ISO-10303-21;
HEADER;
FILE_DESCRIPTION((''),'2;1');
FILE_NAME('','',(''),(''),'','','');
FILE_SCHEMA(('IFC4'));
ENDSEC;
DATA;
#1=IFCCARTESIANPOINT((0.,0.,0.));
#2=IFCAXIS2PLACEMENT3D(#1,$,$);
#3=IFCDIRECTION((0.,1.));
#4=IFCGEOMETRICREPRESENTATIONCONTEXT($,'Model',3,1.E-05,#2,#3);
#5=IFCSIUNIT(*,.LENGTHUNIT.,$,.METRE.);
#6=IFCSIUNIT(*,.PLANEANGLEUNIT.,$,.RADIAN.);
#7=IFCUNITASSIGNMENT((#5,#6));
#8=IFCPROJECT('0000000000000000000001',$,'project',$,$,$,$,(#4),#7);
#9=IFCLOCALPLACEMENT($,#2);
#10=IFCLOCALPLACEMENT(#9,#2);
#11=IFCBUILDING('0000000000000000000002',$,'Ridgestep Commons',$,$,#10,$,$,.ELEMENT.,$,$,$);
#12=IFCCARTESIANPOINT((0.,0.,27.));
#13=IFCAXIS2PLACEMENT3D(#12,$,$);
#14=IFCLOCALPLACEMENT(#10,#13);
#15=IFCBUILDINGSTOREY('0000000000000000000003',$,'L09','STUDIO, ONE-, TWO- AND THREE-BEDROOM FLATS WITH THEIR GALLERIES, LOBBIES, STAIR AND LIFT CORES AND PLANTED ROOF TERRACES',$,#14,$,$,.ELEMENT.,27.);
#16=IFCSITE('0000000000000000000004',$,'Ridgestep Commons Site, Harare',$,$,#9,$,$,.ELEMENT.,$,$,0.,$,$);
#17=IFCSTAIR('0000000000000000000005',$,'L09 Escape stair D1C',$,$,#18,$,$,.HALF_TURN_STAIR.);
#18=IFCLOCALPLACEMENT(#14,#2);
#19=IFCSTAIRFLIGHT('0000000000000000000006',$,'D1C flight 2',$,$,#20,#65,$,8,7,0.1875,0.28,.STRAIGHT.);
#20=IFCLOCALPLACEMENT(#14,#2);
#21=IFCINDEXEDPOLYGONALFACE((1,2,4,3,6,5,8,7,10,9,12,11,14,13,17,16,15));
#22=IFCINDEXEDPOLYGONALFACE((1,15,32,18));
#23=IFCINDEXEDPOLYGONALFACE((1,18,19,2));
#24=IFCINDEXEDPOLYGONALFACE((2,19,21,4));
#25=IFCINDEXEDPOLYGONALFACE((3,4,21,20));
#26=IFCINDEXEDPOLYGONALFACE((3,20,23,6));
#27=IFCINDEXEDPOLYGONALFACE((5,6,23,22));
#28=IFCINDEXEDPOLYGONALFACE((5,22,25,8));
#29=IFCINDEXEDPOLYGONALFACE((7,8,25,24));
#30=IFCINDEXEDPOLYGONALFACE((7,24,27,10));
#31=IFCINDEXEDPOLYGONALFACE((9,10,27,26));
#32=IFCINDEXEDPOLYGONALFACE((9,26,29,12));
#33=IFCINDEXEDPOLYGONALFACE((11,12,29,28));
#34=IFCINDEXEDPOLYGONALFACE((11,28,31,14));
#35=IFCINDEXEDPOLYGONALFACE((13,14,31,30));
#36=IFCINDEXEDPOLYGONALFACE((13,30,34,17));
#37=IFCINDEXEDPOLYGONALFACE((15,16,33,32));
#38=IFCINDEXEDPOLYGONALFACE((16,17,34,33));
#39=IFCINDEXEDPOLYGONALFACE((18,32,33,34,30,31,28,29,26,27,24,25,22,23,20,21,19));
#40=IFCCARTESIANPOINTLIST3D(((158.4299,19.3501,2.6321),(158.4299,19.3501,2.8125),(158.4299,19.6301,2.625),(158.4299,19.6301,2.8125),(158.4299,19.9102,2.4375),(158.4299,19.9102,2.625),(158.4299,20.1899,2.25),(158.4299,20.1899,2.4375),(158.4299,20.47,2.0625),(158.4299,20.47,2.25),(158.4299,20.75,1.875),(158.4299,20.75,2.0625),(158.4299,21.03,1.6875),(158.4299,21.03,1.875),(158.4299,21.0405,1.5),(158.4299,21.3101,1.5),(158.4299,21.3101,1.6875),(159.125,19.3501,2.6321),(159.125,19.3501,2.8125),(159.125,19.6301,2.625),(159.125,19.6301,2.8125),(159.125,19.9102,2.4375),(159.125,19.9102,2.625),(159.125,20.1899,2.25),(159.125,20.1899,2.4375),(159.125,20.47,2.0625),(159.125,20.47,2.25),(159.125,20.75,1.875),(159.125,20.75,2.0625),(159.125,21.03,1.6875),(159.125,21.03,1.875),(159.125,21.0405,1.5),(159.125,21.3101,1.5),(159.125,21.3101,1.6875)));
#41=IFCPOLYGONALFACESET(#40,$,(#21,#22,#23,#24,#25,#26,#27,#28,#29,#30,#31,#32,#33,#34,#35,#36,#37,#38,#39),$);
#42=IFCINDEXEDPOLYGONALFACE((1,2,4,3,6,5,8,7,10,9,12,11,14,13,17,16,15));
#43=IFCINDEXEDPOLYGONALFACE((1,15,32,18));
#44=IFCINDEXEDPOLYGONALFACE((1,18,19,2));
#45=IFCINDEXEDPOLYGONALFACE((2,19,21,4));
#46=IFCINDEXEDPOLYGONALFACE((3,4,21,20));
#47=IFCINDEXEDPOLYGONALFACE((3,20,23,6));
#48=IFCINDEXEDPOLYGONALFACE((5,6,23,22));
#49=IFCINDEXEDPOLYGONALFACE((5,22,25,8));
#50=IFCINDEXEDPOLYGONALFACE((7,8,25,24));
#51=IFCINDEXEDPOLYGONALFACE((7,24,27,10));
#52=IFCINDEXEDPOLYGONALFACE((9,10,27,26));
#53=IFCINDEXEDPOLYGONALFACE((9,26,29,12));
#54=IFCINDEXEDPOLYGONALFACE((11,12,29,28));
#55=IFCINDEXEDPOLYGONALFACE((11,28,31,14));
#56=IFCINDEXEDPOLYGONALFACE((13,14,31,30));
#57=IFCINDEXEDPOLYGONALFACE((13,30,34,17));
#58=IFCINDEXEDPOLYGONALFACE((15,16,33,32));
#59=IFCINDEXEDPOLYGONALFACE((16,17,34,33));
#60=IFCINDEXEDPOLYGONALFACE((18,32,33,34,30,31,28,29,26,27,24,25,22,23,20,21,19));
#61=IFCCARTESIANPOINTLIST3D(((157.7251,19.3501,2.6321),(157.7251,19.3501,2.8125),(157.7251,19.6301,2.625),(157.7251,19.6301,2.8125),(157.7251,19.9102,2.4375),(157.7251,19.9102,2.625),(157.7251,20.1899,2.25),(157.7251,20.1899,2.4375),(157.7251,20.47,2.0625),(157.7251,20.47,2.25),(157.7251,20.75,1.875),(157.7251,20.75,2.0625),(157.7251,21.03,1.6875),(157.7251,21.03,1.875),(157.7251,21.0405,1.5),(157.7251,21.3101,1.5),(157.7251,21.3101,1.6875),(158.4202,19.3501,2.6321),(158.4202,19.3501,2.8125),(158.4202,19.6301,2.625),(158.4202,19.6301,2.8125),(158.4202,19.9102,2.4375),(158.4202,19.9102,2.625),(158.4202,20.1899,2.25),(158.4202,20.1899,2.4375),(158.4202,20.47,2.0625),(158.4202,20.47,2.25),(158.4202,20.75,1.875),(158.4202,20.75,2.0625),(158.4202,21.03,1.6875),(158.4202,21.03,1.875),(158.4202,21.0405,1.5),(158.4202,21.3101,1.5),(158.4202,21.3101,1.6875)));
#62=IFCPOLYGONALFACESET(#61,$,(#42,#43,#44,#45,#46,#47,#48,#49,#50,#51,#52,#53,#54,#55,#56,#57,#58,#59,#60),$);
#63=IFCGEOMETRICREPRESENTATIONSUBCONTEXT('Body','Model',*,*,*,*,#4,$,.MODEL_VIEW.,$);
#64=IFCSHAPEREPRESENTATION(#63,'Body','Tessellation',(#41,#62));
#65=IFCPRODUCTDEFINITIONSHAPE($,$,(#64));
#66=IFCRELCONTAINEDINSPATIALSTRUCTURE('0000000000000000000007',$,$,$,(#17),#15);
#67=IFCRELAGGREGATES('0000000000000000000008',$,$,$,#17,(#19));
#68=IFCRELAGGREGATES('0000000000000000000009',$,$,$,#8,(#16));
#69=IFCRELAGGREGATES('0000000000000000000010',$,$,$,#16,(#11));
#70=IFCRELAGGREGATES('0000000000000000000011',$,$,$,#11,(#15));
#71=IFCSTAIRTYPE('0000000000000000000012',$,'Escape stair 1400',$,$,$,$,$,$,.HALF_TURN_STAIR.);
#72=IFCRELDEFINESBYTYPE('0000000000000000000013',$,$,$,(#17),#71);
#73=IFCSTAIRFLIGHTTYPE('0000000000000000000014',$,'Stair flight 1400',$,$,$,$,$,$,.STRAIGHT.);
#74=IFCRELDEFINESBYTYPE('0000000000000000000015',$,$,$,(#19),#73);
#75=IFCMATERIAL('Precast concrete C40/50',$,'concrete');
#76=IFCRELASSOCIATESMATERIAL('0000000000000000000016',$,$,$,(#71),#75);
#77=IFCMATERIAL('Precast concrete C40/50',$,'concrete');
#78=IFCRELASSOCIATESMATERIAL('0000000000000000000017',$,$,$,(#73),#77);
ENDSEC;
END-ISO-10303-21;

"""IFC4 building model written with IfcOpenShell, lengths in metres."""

from ifc_helpers import new_model, si_unit, direction, frame, origin, place, context, subcontext, project, spatial, polyline, outline, extrude, material, type_object, element, aggregate, save


model = new_model("IFC4")

# Units and contexts
model_context = context("Model", 3, precision=1e-05, world=origin(), true_north=direction((0.0, 1.0)))
body_context = subcontext(model_context, "Body", "Model", "MODEL_VIEW")
ifc_project = project(units=[si_unit("LENGTHUNIT", "METRE"), si_unit("PLANEANGLEUNIT", "RADIAN")], contexts=[model_context])

# Site, building, storey
site_placement = place(None, origin())
site = spatial("IfcSite", under=ifc_project, at=site_placement, Name="Ridgestep Commons Site, Harare", CompositionType="ELEMENT", RefElevation=0.0)
building_placement = place(site_placement, origin())
building = spatial("IfcBuilding", under=site, at=building_placement, Name="Ridgestep Commons", CompositionType="ELEMENT")
storey_placement = place(building_placement, frame((0.0, 0.0, 27.0)))
storey = spatial("IfcBuildingStorey", under=building, at=storey_placement, Name="L09", Description="STUDIO, ONE-, TWO- AND THREE-BEDROOM FLATS WITH THEIR GALLERIES, LOBBIES, STAIR AND LIFT CORES AND PLANTED ROOF TERRACES", CompositionType="ELEMENT", Elevation=27.0)

# Stair, stair flight
ifc_material_1 = material(Name="Precast concrete C40/50", Category="concrete")
stair_type = type_object("IfcStairType", Name="Escape stair 1400", PredefinedType="HALF_TURN_STAIR", material=ifc_material_1)
stair_placement = place(storey_placement, origin())
stair = element("IfcStair", 1, at=stair_placement, inside=storey, type_object=stair_type, Name="L09 Escape stair D1C", PredefinedType="HALF_TURN_STAIR")
ifc_material_2 = material(Name="Precast concrete C40/50", Category="concrete")
stair_flight_type = type_object("IfcStairFlightType", Name="Stair flight 1400", PredefinedType="STRAIGHT", material=ifc_material_2)
stair_flight_1_placement = place(storey_placement, frame((158.425, 21.3101, 1.5), z_axis=(0.0, 0.0, 1.0), x_axis=(0.0, -1.0, 0.0)))
stair_flight_1 = element("IfcStairFlight", 2, at=stair_flight_1_placement, type_object=stair_flight_type, Name="D1C flight 2", NumberOfRisers=8, NumberOfTreads=7, PredefinedType="STRAIGHT", RiserHeight=0.1875, TreadLength=0.28, context=body_context, shape_type="SweptSolid", body=[
    extrude(outline(polyline([(0.0, 0.0), (0.0, 0.1875), (0.28, 0.1875), (0.28, 0.375), (0.5601, 0.375), (0.5601, 0.5625), (0.8401, 0.5625), (0.8401, 0.75), (1.1201, 0.75), (1.1201, 0.9375), (1.3999, 0.9375), (1.3999, 1.125), (1.6799, 1.125), (1.6799, 1.3125), (1.96, 1.3125), (1.96, 1.5), (1.96, 1.1321), (0.2695, 0.0), (0.0, 0.0)])), frame((0.0, 0.7, 0.0), z_axis=(0.0, -1.0, 0.0), x_axis=(1.0, 0.0, 0.0)), (0.0, 0.0, 1.0), 0.6951),
    extrude(outline(polyline([(0.0, 0.0), (0.0, 0.1875), (0.28, 0.1875), (0.28, 0.375), (0.5601, 0.375), (0.5601, 0.5625), (0.8401, 0.5625), (0.8401, 0.75), (1.1201, 0.75), (1.1201, 0.9375), (1.3999, 0.9375), (1.3999, 1.125), (1.6799, 1.125), (1.6799, 1.3125), (1.96, 1.3125), (1.96, 1.5), (1.96, 1.1321), (0.2695, 0.0), (0.0, 0.0)])), frame((0.0, -0.0049, 0.0), z_axis=(0.0, -1.0, 0.0), x_axis=(1.0, 0.0, 0.0)), (0.0, 0.0, 1.0), 0.6951),
])
aggregate(stair, [stair_flight_1])

save(model, "model.ifc")
